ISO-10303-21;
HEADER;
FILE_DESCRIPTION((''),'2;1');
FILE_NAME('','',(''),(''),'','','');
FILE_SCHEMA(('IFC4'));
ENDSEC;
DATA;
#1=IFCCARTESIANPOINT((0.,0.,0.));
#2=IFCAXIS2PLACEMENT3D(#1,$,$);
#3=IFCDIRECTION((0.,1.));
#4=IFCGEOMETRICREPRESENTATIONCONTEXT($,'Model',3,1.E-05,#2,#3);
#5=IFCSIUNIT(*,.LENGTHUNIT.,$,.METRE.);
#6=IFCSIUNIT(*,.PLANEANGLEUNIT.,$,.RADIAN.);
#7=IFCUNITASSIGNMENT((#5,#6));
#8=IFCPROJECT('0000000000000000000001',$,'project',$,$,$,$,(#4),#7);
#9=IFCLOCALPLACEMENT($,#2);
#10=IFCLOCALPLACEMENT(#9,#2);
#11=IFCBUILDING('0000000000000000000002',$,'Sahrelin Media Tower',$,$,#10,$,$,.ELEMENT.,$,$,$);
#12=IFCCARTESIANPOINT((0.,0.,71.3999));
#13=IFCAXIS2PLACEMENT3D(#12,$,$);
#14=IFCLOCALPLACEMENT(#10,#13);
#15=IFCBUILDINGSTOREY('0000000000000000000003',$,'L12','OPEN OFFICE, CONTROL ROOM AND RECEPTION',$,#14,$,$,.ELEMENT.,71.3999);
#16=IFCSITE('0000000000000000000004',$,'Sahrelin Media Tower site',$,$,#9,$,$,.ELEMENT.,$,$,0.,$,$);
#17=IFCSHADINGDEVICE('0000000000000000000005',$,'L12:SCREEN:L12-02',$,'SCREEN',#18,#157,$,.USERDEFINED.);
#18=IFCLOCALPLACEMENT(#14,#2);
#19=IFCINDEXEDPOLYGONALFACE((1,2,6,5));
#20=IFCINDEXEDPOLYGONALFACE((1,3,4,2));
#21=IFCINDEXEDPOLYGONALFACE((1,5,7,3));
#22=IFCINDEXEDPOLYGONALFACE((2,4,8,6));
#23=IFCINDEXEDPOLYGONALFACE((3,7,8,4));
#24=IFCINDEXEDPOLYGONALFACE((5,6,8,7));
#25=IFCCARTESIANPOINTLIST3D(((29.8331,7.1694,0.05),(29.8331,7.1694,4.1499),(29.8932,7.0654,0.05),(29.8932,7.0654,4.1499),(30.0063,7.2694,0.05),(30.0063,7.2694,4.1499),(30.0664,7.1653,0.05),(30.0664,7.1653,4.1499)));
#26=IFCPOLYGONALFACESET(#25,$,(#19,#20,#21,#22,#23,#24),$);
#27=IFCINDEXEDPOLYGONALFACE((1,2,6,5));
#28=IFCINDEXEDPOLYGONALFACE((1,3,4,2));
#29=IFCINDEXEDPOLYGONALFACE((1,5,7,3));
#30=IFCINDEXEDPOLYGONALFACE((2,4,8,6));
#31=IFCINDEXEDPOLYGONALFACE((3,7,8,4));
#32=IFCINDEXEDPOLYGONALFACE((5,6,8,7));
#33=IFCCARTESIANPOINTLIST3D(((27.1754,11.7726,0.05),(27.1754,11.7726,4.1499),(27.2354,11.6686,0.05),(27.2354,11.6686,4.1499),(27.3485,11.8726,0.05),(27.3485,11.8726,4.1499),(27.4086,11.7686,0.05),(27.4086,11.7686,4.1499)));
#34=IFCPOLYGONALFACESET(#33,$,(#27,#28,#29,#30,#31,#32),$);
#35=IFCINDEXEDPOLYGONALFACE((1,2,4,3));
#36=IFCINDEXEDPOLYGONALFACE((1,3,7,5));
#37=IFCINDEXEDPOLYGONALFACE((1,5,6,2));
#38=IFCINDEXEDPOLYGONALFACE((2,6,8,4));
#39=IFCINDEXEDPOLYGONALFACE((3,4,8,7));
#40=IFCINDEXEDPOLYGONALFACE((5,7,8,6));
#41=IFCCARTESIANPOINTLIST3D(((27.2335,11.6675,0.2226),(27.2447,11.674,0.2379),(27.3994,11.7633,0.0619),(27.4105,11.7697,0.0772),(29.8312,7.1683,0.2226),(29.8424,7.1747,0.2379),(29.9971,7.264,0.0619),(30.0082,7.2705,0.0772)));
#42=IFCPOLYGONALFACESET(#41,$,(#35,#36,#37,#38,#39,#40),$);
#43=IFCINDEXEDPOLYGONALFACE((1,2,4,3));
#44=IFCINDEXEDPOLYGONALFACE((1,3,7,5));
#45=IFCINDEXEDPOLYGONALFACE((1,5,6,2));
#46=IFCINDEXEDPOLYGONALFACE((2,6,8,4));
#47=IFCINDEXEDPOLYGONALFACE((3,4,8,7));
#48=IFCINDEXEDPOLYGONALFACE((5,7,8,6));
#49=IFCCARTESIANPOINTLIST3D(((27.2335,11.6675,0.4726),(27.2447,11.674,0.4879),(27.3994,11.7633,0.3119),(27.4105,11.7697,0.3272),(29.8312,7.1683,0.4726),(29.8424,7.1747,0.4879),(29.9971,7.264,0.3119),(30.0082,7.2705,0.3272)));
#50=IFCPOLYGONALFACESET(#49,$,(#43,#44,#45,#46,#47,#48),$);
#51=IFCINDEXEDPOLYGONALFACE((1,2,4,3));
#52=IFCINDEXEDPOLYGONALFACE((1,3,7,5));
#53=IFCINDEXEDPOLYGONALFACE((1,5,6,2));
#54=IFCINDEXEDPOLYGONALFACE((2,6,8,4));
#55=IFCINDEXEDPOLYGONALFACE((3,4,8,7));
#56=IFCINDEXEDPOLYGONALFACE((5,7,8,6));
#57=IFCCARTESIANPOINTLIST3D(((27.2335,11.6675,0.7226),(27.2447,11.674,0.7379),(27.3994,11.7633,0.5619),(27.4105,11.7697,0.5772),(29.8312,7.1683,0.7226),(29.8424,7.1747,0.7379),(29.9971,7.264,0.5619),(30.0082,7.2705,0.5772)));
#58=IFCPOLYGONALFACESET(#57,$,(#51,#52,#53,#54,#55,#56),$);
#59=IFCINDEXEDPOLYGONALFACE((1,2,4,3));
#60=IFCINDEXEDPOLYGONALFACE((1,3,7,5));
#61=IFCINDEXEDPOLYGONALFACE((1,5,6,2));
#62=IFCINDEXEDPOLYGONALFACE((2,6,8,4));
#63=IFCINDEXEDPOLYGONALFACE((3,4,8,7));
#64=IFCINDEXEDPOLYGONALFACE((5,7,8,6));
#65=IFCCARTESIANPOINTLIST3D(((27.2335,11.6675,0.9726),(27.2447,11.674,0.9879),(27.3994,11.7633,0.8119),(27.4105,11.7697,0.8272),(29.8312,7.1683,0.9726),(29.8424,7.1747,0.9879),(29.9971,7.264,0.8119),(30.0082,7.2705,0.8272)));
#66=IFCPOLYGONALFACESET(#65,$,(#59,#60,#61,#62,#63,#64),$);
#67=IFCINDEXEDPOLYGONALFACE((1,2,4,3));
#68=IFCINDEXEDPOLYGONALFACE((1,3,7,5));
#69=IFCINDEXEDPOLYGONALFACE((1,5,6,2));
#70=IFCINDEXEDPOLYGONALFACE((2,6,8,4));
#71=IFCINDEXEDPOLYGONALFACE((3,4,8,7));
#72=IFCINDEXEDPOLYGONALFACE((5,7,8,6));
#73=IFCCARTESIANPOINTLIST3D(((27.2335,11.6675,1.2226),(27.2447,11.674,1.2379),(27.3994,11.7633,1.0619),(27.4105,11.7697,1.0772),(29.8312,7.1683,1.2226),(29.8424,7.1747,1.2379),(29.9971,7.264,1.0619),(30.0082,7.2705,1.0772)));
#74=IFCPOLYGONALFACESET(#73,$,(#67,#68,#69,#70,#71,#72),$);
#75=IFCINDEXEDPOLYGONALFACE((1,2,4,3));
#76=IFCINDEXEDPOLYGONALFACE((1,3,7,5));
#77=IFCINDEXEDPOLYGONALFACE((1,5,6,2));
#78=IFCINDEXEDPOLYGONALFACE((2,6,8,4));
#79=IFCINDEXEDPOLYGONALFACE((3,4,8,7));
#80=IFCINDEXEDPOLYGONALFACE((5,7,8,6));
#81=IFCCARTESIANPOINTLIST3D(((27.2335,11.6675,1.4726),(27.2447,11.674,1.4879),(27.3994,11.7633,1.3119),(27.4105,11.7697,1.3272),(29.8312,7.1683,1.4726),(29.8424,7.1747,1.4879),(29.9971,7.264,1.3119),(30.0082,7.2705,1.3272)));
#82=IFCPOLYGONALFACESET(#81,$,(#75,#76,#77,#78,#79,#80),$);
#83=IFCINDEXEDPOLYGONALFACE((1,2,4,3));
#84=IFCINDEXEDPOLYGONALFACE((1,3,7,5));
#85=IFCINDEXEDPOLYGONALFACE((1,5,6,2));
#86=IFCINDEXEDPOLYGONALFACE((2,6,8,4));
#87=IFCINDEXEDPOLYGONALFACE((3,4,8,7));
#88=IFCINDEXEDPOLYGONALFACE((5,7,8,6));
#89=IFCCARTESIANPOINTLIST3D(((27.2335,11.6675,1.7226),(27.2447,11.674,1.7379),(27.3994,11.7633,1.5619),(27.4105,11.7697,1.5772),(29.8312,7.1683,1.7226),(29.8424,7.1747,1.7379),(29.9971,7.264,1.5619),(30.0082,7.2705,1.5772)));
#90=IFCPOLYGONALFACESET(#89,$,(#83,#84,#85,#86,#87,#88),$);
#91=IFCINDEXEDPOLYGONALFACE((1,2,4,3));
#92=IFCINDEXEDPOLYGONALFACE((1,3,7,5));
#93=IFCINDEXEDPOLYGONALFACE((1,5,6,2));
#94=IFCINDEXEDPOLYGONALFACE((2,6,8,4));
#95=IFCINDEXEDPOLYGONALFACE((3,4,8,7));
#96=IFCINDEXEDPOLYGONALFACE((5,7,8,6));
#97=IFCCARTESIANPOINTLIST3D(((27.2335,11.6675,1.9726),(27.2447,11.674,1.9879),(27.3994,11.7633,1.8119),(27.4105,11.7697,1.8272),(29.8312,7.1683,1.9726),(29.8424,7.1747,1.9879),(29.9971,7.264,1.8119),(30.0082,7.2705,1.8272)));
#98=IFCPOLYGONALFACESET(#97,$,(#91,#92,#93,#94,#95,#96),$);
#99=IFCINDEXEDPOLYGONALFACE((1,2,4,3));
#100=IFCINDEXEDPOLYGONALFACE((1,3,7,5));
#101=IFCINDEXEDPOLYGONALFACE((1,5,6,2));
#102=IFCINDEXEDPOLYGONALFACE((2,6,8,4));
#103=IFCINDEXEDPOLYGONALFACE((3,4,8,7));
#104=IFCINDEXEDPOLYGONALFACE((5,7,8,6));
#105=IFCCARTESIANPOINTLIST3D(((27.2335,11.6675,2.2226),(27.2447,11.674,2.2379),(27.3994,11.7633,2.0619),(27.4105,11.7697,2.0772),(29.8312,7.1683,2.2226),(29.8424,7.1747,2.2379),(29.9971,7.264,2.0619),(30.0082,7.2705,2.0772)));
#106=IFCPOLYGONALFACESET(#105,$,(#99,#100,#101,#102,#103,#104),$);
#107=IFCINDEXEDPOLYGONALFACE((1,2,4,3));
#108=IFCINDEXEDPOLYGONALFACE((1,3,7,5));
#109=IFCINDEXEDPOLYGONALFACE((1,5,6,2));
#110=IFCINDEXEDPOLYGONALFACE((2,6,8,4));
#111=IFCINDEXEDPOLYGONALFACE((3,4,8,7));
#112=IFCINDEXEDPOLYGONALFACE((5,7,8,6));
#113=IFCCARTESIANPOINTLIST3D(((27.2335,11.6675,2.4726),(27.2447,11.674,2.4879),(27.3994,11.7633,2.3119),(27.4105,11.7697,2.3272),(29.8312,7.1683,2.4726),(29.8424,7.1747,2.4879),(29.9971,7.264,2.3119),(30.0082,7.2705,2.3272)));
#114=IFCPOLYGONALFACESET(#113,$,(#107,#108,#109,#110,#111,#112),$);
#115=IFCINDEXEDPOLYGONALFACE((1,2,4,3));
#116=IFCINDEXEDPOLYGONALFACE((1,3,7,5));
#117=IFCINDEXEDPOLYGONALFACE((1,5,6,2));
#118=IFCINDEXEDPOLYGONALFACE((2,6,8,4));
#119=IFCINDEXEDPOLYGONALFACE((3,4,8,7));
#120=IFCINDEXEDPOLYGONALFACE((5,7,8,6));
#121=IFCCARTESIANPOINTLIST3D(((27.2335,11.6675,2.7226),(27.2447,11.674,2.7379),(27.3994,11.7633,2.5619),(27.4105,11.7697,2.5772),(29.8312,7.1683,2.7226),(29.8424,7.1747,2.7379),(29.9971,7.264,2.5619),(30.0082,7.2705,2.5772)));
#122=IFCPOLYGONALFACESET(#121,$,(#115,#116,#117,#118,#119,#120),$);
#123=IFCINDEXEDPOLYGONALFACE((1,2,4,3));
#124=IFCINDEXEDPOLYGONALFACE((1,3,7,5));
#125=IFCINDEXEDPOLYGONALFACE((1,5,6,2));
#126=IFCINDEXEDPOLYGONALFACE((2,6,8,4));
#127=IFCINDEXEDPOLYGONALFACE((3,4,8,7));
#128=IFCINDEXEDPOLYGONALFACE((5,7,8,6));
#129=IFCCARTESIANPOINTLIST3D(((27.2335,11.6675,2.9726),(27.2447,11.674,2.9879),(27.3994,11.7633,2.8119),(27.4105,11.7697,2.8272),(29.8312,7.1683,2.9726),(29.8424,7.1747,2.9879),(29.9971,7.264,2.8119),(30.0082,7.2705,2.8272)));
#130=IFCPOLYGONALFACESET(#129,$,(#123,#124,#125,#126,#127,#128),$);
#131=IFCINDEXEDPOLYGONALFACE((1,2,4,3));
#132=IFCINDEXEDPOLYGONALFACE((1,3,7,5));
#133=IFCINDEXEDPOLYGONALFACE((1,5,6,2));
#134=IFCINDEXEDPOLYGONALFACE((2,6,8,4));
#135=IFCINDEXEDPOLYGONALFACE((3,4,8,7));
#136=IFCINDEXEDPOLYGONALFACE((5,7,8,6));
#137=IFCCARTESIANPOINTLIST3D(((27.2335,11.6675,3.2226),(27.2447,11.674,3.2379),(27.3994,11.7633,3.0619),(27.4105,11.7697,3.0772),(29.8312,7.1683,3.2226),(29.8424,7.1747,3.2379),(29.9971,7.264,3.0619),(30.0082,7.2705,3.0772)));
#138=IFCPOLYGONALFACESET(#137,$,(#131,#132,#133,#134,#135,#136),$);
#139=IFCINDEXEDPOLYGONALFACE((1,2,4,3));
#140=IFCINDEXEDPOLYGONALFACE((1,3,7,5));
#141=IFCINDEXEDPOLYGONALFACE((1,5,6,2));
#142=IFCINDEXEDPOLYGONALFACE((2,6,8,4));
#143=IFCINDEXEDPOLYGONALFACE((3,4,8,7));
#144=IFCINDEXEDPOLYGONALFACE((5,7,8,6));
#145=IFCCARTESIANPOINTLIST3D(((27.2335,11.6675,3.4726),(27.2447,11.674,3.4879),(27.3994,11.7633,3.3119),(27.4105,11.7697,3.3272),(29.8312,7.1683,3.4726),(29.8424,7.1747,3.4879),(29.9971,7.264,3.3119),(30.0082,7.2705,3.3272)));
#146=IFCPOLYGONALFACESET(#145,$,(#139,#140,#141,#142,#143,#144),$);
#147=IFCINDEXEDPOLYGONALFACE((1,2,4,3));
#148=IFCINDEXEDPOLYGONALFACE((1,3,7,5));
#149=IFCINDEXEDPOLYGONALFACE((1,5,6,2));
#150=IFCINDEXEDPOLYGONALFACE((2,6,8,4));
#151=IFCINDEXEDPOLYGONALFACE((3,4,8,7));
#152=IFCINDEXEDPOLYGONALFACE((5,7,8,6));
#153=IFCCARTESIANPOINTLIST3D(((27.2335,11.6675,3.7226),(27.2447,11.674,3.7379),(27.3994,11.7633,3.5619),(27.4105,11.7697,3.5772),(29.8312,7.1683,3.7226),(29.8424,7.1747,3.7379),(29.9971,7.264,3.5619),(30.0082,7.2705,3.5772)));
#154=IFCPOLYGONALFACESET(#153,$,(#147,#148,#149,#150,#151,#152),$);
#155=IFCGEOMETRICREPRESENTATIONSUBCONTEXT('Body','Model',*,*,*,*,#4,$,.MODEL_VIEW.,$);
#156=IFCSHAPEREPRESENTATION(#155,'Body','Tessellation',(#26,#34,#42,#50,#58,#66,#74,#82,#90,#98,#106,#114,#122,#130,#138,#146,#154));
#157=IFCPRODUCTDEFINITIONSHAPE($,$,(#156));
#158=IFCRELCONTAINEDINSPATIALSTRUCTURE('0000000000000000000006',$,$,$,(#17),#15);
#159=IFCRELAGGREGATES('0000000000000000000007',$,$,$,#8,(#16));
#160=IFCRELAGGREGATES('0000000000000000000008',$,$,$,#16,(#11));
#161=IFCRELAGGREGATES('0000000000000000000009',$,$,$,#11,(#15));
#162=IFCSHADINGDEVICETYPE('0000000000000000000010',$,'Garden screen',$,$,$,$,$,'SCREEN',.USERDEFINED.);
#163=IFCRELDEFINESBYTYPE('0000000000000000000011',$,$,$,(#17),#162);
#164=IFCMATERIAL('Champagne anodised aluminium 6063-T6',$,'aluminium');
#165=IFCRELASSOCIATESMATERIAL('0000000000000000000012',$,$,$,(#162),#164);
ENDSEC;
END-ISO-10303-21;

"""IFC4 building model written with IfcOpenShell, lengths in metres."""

from ifc_helpers import new_model, si_unit, direction, frame, origin, origin_2d, place, context, subcontext, project, spatial, rectangle, extrude, material, type_object, element, save


model = new_model("IFC4")

# Units and contexts
model_context = context("Model", 3, precision=1e-05, world=origin(), true_north=direction((0.0, 1.0)))
body_context = subcontext(model_context, "Body", "Model", "MODEL_VIEW")
ifc_project = project(units=[si_unit("LENGTHUNIT", "METRE"), si_unit("PLANEANGLEUNIT", "RADIAN")], contexts=[model_context])

# Site, building, storey
site_placement = place(None, origin())
site = spatial("IfcSite", under=ifc_project, at=site_placement, Name="Sahrelin Media Tower site", CompositionType="ELEMENT", RefElevation=0.0)
building_placement = place(site_placement, origin())
building = spatial("IfcBuilding", under=site, at=building_placement, Name="Sahrelin Media Tower", CompositionType="ELEMENT")
storey_placement = place(building_placement, frame((0.0, 0.0, 71.3999)))
storey = spatial("IfcBuildingStorey", under=building, at=storey_placement, Name="L12", Description="OPEN OFFICE, CONTROL ROOM AND RECEPTION", CompositionType="ELEMENT", Elevation=71.3999)

# Shading device
ifc_material_1 = material(Name="Champagne anodised aluminium 6063-T6", Category="aluminium")
shading_device_type = type_object("IfcShadingDeviceType", Name="Garden screen", ElementType="SCREEN", PredefinedType="USERDEFINED", material=ifc_material_1)
shading_device_1_placement = place(storey_placement, frame((28.5342, 9.4189, 0.0), z_axis=(0.0, 0.0, 1.0), x_axis=(0.500011, -0.866019, 0.0)))
element("IfcShadingDevice", 1, at=shading_device_1_placement, inside=storey, type_object=shading_device_type, Name="L12:SCREEN:L12-02", ObjectType="SCREEN", PredefinedType="USERDEFINED", context=body_context, shape_type="SweptSolid", body=[
    extrude(rectangle(XDim=0.1201, YDim=0.2, at=origin_2d()), frame((2.6577, 0.1001, 0.05), z_axis=(0.0, 0.0, 1.0), x_axis=(1.0, 0.0, 0.0)), (0.0, 0.0, 1.0), 4.0999),
    extrude(rectangle(XDim=0.1201, YDim=0.2, at=origin_2d()), frame((-2.6577, 0.1001, 0.05), z_axis=(0.0, 0.0, 1.0), x_axis=(1.0, 0.0, 0.0)), (0.0, 0.0, 1.0), 4.0999),
    extrude(rectangle(XDim=0.25, YDim=0.02, at=origin_2d()), frame((2.5977, 0.1001, 0.1499), z_axis=(-1.0, 0.0, 0.0), x_axis=(0.0, -0.766044, 0.642788)), (0.0, 0.0, 1.0), 5.1953),
    extrude(rectangle(XDim=0.25, YDim=0.02, at=origin_2d()), frame((2.5977, 0.1001, 0.3999), z_axis=(-1.0, 0.0, 0.0), x_axis=(0.0, -0.766044, 0.642788)), (0.0, 0.0, 1.0), 5.1953),
    extrude(rectangle(XDim=0.25, YDim=0.02, at=origin_2d()), frame((2.5977, 0.1001, 0.6499), z_axis=(-1.0, 0.0, 0.0), x_axis=(0.0, -0.766044, 0.642788)), (0.0, 0.0, 1.0), 5.1953),
    extrude(rectangle(XDim=0.25, YDim=0.02, at=origin_2d()), frame((2.5977, 0.1001, 0.8999), z_axis=(-1.0, 0.0, 0.0), x_axis=(0.0, -0.766044, 0.642788)), (0.0, 0.0, 1.0), 5.1953),
    extrude(rectangle(XDim=0.25, YDim=0.02, at=origin_2d()), frame((2.5977, 0.1001, 1.1499), z_axis=(-1.0, 0.0, 0.0), x_axis=(0.0, -0.766044, 0.642788)), (0.0, 0.0, 1.0), 5.1953),
    extrude(rectangle(XDim=0.25, YDim=0.02, at=origin_2d()), frame((2.5977, 0.1001, 1.3999), z_axis=(-1.0, 0.0, 0.0), x_axis=(0.0, -0.766044, 0.642788)), (0.0, 0.0, 1.0), 5.1953),
    extrude(rectangle(XDim=0.25, YDim=0.02, at=origin_2d()), frame((2.5977, 0.1001, 1.6499), z_axis=(-1.0, 0.0, 0.0), x_axis=(0.0, -0.766044, 0.642788)), (0.0, 0.0, 1.0), 5.1953),
    extrude(rectangle(XDim=0.25, YDim=0.02, at=origin_2d()), frame((2.5977, 0.1001, 1.8999), z_axis=(-1.0, 0.0, 0.0), x_axis=(0.0, -0.766044, 0.642788)), (0.0, 0.0, 1.0), 5.1953),
    extrude(rectangle(XDim=0.25, YDim=0.02, at=origin_2d()), frame((2.5977, 0.1001, 2.1499), z_axis=(-1.0, 0.0, 0.0), x_axis=(0.0, -0.766044, 0.642788)), (0.0, 0.0, 1.0), 5.1953),
    extrude(rectangle(XDim=0.25, YDim=0.02, at=origin_2d()), frame((2.5977, 0.1001, 2.3999), z_axis=(-1.0, 0.0, 0.0), x_axis=(0.0, -0.766044, 0.642788)), (0.0, 0.0, 1.0), 5.1953),
    extrude(rectangle(XDim=0.25, YDim=0.02, at=origin_2d()), frame((2.5977, 0.1001, 2.6499), z_axis=(-1.0, 0.0, 0.0), x_axis=(0.0, -0.766044, 0.642788)), (0.0, 0.0, 1.0), 5.1953),
    extrude(rectangle(XDim=0.25, YDim=0.02, at=origin_2d()), frame((2.5977, 0.1001, 2.8999), z_axis=(-1.0, 0.0, 0.0), x_axis=(0.0, -0.766044, 0.642788)), (0.0, 0.0, 1.0), 5.1953),
    extrude(rectangle(XDim=0.25, YDim=0.02, at=origin_2d()), frame((2.5977, 0.1001, 3.1499), z_axis=(-1.0, 0.0, 0.0), x_axis=(0.0, -0.766044, 0.642788)), (0.0, 0.0, 1.0), 5.1953),
    extrude(rectangle(XDim=0.25, YDim=0.02, at=origin_2d()), frame((2.5977, 0.1001, 3.3999), z_axis=(-1.0, 0.0, 0.0), x_axis=(0.0, -0.766044, 0.642788)), (0.0, 0.0, 1.0), 5.1953),
    extrude(rectangle(XDim=0.25, YDim=0.02, at=origin_2d()), frame((2.5977, 0.1001, 3.6499), z_axis=(-1.0, 0.0, 0.0), x_axis=(0.0, -0.766044, 0.642788)), (0.0, 0.0, 1.0), 5.1953),
])

save(model, "model.ifc")
